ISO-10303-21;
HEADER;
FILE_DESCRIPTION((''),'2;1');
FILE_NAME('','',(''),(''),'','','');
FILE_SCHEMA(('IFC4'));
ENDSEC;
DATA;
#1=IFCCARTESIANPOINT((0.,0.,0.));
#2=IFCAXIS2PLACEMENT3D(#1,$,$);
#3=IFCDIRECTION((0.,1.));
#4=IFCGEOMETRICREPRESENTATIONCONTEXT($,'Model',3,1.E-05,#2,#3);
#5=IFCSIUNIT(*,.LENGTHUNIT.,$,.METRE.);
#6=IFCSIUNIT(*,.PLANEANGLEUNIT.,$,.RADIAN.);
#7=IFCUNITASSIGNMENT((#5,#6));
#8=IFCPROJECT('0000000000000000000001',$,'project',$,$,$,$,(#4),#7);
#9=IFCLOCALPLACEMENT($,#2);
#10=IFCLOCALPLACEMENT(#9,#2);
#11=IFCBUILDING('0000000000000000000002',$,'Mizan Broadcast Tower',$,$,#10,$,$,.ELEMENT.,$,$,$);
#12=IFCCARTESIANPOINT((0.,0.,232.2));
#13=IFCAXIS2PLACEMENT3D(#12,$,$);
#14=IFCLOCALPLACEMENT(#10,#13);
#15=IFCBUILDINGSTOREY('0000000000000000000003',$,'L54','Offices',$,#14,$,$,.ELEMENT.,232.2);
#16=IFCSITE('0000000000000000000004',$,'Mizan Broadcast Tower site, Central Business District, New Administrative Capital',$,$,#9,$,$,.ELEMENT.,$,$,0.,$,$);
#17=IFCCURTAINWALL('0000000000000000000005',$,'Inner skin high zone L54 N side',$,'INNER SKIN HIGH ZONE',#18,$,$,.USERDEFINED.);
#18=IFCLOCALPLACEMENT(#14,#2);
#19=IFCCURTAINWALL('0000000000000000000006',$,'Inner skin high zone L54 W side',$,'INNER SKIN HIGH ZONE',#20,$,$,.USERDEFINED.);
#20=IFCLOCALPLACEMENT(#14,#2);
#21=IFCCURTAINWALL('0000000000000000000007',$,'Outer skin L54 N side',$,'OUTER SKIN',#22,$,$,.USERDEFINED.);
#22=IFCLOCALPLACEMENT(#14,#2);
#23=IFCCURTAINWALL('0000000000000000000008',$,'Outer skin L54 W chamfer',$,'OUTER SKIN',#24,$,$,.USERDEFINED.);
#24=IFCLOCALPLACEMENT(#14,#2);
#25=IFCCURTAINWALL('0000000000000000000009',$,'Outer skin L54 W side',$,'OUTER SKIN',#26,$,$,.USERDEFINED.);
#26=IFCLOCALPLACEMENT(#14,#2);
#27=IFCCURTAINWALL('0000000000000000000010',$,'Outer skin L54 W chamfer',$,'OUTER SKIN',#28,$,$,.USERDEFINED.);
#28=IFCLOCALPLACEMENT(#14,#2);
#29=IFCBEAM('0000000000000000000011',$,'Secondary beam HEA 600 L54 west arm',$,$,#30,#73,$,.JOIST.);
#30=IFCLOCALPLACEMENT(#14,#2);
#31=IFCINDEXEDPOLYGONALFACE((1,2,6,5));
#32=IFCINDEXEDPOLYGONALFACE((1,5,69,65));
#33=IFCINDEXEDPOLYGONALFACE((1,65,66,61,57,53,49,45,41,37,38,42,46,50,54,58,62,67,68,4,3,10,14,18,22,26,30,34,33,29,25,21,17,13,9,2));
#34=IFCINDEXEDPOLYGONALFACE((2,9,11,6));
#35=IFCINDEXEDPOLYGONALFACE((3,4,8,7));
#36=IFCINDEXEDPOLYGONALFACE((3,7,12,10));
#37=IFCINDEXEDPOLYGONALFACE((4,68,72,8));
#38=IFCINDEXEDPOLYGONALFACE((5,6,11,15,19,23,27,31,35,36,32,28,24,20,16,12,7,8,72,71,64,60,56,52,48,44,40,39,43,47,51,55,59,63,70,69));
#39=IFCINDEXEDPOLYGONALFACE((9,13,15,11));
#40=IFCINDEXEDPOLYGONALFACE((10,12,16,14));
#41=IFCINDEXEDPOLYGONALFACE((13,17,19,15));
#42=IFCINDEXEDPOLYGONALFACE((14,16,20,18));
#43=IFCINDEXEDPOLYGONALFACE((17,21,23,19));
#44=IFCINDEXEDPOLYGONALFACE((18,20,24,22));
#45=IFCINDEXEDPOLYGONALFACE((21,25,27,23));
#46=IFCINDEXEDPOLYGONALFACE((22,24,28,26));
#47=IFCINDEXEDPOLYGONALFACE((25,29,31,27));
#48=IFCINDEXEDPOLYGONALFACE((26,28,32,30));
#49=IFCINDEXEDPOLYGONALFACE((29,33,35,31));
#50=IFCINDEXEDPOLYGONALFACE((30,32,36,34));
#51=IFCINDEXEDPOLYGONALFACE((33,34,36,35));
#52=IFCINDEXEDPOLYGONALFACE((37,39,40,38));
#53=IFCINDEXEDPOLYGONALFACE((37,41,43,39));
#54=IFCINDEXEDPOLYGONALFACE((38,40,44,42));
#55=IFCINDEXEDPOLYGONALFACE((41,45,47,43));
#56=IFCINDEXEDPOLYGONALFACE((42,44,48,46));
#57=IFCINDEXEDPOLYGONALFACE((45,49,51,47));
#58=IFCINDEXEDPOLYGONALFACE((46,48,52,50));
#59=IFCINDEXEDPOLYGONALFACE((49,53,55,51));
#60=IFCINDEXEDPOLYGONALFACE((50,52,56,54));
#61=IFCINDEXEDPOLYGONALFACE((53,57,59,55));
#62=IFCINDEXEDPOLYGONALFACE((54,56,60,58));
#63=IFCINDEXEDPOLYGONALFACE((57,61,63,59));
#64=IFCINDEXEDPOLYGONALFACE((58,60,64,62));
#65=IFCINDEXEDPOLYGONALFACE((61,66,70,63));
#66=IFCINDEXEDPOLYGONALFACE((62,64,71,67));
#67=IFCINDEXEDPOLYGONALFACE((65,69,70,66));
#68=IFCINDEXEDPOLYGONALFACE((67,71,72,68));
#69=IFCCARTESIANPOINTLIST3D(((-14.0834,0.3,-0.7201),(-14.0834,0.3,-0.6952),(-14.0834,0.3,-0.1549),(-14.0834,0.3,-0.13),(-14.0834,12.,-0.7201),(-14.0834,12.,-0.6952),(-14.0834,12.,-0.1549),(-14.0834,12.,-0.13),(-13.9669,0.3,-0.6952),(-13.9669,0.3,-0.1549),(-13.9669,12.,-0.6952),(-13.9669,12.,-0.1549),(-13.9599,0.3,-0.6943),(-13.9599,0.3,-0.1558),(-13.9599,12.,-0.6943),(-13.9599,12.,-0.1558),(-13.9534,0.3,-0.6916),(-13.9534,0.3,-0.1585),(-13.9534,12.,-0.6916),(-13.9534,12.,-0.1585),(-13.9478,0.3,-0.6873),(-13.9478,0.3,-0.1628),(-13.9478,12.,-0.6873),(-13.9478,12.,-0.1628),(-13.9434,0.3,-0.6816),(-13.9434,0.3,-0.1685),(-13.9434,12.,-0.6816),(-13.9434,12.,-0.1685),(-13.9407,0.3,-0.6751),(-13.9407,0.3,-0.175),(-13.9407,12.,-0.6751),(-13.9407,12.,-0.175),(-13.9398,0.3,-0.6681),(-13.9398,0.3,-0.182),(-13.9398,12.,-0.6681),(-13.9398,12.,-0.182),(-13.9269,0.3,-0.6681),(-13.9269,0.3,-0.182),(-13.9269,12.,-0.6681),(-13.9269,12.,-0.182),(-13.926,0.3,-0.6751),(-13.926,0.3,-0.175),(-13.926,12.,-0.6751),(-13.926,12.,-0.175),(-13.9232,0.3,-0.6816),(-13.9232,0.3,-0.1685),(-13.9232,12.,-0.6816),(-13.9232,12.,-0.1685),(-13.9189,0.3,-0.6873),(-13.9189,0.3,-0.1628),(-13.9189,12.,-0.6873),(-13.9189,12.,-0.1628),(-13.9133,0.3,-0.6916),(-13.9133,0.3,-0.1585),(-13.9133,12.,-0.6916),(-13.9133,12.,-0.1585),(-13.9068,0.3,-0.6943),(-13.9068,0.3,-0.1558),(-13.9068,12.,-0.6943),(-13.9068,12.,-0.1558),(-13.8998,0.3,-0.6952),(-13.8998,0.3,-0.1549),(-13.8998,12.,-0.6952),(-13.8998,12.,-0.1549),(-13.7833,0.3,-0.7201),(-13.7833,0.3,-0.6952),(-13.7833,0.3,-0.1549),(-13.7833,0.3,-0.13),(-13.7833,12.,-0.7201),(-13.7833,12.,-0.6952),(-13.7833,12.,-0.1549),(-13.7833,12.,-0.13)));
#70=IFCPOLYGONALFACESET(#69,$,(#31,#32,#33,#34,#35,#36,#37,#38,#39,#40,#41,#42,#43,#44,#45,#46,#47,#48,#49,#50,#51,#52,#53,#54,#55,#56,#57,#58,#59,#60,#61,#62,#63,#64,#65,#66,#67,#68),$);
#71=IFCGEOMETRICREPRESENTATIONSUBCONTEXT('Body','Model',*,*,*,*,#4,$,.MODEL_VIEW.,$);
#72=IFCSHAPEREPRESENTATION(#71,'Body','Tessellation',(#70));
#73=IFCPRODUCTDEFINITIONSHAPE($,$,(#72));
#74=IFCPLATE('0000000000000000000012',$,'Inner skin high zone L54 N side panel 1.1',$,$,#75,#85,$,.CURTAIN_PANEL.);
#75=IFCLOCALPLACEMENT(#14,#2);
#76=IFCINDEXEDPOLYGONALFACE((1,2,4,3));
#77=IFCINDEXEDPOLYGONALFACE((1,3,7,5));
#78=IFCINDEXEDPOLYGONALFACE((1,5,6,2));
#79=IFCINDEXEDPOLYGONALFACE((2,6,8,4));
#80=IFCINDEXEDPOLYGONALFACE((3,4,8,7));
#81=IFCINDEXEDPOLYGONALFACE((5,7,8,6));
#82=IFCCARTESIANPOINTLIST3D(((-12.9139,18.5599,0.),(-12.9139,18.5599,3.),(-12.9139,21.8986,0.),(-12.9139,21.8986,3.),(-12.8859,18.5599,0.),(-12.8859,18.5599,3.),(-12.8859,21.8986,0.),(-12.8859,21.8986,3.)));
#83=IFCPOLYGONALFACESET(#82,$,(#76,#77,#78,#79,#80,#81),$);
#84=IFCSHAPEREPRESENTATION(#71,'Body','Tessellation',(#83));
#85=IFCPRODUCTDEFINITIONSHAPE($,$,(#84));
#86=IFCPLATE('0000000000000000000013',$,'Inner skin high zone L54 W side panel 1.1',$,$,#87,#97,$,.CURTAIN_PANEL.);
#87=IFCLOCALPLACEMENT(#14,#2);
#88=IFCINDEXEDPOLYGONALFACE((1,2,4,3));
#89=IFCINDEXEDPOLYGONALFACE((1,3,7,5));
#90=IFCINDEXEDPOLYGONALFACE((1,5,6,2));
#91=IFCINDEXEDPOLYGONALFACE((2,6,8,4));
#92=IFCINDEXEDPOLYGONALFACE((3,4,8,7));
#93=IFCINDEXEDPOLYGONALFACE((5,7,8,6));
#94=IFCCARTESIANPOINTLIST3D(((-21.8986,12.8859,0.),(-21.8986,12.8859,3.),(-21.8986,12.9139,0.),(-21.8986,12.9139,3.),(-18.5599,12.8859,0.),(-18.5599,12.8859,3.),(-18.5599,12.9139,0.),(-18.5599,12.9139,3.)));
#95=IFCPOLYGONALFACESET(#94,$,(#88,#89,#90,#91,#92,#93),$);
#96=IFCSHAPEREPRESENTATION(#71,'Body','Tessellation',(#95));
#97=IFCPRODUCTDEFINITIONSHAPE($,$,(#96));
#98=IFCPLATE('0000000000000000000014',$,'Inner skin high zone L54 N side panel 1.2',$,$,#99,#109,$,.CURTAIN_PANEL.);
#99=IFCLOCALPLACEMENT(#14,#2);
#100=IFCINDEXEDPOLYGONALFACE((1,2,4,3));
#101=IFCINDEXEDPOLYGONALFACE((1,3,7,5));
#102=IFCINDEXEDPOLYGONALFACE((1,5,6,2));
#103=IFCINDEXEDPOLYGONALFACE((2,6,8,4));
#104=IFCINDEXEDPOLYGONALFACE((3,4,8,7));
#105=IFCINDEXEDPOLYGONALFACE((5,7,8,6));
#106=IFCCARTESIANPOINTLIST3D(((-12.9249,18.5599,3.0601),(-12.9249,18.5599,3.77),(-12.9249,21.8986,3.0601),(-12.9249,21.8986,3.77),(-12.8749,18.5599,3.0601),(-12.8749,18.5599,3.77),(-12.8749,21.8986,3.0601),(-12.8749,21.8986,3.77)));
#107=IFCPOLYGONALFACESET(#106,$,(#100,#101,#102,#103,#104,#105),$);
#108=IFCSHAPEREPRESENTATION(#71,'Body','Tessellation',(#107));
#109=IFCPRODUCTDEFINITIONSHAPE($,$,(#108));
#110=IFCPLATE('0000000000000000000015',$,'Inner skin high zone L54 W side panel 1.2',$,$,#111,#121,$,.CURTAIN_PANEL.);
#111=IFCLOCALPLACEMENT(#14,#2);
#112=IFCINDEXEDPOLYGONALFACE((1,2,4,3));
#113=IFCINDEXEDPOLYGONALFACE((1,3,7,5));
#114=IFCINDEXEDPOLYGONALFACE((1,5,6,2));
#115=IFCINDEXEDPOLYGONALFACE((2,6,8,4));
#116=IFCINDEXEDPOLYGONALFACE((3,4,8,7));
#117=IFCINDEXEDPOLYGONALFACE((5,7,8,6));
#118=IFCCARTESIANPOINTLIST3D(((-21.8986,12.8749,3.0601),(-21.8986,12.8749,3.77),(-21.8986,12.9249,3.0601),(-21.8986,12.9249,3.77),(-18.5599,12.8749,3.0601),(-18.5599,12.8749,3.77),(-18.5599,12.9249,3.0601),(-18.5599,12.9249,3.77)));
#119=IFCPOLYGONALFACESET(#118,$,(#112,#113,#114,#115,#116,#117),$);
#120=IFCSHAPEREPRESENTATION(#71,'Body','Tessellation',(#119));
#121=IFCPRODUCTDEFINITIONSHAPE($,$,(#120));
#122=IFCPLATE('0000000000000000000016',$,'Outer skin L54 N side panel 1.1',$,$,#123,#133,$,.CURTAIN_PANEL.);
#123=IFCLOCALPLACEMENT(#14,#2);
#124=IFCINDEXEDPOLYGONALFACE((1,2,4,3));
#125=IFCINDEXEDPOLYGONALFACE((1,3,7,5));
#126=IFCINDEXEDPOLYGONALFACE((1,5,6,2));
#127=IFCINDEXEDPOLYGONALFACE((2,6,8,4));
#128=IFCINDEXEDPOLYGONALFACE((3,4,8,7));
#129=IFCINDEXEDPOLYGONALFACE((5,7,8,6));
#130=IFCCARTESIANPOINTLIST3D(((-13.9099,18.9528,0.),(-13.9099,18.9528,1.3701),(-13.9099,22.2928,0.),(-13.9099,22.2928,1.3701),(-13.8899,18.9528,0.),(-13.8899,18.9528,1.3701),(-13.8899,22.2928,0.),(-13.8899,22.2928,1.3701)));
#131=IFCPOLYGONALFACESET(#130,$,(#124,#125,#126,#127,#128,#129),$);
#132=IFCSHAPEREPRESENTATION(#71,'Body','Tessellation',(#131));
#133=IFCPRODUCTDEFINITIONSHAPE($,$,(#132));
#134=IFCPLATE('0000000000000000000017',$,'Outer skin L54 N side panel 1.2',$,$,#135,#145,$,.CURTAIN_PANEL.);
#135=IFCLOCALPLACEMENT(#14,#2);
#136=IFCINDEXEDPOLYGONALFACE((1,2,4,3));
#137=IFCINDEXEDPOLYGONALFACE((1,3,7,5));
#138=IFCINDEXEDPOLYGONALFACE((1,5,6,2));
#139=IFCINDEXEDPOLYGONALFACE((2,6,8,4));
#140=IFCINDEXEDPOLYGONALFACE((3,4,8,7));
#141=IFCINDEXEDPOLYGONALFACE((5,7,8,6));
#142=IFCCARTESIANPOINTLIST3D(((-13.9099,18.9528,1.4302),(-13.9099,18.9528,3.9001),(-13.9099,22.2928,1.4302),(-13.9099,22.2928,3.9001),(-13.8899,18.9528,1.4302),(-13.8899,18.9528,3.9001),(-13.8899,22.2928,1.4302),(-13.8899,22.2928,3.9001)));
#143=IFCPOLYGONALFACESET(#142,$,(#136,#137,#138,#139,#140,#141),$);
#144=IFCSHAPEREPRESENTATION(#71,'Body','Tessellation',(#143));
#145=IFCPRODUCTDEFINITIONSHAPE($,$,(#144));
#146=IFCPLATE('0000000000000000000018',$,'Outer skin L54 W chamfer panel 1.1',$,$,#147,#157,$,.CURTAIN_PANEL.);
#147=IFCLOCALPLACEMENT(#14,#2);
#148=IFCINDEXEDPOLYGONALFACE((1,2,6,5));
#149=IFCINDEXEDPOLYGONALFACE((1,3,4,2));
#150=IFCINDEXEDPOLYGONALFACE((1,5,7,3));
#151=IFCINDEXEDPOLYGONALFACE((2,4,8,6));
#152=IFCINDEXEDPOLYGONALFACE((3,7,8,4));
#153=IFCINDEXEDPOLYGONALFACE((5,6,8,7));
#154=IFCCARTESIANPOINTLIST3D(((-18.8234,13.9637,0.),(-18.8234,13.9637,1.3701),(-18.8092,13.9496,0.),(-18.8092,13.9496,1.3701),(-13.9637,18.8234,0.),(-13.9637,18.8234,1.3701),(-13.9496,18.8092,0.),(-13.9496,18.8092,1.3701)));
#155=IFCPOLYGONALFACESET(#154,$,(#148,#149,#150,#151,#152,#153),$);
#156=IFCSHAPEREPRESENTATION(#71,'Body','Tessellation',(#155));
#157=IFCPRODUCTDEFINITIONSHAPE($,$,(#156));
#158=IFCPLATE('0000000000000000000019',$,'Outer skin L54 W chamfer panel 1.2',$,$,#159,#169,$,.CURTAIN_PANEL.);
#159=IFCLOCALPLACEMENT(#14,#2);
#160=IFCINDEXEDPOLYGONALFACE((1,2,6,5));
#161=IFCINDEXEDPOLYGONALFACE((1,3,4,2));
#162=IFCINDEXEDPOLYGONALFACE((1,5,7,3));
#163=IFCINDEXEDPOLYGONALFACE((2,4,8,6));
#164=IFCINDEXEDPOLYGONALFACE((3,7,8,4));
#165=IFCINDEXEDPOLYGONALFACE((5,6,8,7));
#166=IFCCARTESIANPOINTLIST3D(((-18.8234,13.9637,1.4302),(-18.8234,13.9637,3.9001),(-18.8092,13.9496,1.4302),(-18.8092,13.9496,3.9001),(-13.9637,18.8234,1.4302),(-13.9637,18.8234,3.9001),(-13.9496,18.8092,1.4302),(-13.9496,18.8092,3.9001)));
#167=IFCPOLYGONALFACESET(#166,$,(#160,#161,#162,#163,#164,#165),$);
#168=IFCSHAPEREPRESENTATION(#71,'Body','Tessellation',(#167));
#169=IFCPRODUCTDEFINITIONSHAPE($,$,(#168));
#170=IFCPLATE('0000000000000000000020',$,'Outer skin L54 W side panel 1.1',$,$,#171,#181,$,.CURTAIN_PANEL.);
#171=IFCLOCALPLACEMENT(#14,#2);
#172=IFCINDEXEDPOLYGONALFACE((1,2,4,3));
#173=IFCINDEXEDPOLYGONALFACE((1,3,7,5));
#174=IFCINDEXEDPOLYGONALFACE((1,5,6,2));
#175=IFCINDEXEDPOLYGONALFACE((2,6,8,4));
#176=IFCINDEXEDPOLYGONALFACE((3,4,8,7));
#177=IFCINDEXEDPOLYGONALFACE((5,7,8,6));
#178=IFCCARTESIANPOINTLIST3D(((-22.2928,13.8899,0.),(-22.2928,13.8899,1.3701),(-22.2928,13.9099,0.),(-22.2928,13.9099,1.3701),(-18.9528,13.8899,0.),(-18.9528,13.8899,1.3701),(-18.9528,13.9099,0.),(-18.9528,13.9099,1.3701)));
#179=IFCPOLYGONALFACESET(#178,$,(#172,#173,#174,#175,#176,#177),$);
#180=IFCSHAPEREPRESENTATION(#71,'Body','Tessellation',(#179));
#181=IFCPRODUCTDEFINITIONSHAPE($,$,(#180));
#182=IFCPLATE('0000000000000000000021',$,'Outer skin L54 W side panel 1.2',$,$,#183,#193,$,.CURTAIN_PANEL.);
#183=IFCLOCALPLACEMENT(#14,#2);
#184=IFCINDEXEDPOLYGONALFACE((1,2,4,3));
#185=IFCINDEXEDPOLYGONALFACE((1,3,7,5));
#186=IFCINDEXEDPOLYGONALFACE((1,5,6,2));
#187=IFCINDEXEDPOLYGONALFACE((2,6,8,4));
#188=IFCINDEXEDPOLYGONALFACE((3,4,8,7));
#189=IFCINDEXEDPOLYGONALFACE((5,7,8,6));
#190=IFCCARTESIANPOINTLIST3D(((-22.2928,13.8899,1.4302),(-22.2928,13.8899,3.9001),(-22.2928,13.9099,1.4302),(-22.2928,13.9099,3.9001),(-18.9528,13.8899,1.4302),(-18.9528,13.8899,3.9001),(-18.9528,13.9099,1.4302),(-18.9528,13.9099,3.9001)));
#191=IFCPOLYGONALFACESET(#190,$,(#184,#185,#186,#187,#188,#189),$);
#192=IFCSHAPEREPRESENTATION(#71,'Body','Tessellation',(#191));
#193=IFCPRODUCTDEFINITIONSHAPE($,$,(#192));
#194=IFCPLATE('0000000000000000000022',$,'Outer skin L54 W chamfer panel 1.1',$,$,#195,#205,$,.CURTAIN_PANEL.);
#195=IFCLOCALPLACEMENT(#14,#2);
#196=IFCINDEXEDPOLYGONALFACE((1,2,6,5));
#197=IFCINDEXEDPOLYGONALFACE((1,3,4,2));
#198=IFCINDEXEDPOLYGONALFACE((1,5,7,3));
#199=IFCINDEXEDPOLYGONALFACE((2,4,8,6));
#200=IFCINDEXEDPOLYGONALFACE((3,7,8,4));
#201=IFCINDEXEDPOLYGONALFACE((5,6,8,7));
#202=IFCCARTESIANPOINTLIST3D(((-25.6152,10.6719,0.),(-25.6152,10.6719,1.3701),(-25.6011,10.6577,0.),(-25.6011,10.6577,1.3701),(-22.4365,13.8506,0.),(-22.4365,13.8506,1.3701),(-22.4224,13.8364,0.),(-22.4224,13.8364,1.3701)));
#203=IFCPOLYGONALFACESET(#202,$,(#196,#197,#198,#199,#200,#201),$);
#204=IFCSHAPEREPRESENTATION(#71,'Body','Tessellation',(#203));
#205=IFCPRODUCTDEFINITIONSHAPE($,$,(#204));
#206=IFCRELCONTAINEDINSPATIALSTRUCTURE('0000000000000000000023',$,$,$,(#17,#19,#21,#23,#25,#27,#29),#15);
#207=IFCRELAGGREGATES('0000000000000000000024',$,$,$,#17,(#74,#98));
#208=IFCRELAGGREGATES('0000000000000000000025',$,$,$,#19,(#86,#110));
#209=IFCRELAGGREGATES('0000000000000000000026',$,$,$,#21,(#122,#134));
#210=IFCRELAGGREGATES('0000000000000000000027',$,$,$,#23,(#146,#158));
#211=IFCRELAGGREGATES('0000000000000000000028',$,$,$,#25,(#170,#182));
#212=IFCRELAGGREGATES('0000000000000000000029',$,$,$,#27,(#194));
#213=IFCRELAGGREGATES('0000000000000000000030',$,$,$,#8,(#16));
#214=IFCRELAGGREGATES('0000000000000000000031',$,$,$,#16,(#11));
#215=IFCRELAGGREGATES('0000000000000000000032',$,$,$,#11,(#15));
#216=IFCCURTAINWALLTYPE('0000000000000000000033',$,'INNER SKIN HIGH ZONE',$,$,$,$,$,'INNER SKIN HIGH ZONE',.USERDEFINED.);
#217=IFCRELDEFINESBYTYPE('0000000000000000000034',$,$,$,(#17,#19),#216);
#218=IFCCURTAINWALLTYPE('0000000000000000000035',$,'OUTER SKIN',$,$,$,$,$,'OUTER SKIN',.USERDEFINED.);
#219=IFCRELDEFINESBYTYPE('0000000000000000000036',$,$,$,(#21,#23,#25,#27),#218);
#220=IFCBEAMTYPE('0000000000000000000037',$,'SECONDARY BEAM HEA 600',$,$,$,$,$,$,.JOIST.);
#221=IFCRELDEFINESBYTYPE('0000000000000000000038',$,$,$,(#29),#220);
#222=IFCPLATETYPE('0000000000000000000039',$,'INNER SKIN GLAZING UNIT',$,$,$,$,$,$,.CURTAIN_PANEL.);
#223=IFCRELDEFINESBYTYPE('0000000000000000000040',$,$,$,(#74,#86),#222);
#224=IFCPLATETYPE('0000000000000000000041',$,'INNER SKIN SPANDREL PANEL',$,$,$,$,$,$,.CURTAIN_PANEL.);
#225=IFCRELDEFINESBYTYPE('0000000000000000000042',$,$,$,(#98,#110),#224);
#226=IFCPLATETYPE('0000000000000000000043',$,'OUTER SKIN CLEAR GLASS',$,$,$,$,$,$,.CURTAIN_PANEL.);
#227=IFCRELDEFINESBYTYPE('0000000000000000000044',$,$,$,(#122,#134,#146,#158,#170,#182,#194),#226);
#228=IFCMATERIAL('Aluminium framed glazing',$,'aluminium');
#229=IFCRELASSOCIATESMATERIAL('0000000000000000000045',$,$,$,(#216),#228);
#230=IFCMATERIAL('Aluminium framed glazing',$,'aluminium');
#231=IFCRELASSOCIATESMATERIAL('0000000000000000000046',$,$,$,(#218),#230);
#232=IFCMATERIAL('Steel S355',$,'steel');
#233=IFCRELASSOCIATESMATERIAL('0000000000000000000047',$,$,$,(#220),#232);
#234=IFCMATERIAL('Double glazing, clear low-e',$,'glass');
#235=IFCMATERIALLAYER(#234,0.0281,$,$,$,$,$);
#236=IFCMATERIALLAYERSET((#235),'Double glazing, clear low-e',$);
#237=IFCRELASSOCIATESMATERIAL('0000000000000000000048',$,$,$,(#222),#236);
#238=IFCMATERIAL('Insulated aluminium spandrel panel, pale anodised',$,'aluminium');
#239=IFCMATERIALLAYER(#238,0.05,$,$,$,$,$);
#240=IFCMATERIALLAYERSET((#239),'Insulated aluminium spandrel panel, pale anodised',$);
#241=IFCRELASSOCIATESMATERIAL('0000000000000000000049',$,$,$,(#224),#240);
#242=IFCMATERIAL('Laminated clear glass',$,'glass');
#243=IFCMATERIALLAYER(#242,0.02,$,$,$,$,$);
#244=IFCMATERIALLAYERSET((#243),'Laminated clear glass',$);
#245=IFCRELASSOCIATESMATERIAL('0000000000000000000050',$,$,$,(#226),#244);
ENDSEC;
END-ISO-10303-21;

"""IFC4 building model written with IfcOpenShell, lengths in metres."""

from ifc_helpers import new_model, si_unit, direction, frame, origin, origin_2d, place, context, subcontext, project, spatial, rectangle, i_section, extrude, material, layer, layer_set, material_profile, profile_set, type_object, element, aggregate, save


model = new_model("IFC4")

# Units and contexts
model_context = context("Model", 3, precision=1e-05, world=origin(), true_north=direction((0.0, 1.0)))
body_context = subcontext(model_context, "Body", "Model", "MODEL_VIEW")
ifc_project = project(units=[si_unit("LENGTHUNIT", "METRE"), si_unit("PLANEANGLEUNIT", "RADIAN")], contexts=[model_context])

# Site, building, storey
site_placement = place(None, origin())
site = spatial("IfcSite", under=ifc_project, at=site_placement, Name="Mizan Broadcast Tower site, Central Business District, New Administrative Capital", CompositionType="ELEMENT", RefElevation=0.0)
building_placement = place(site_placement, origin())
building = spatial("IfcBuilding", under=site, at=building_placement, Name="Mizan Broadcast Tower", CompositionType="ELEMENT")
storey_placement = place(building_placement, frame((0.0, 0.0, 232.2)))
storey = spatial("IfcBuildingStorey", under=building, at=storey_placement, Name="L54", Description="Offices", CompositionType="ELEMENT", Elevation=232.2)

# Curtain wall
ifc_material_1 = material(Name="Aluminium framed glazing", Category="aluminium")
curtain_wall_type_1 = type_object("IfcCurtainWallType", Name="INNER SKIN HIGH ZONE", ElementType="INNER SKIN HIGH ZONE", PredefinedType="USERDEFINED", material=ifc_material_1)
curtain_wall_1_placement = place(storey_placement, origin())
curtain_wall_1 = element("IfcCurtainWall", 1, at=curtain_wall_1_placement, inside=storey, type_object=curtain_wall_type_1, Name="Inner skin high zone L54 N side", ObjectType="INNER SKIN HIGH ZONE", PredefinedType="USERDEFINED")

# Curtain wall
curtain_wall_2_placement = place(storey_placement, origin())
curtain_wall_2 = element("IfcCurtainWall", 2, at=curtain_wall_2_placement, inside=storey, type_object=curtain_wall_type_1, Name="Inner skin high zone L54 W side", ObjectType="INNER SKIN HIGH ZONE", PredefinedType="USERDEFINED")

# Curtain walls
ifc_material_2 = material(Name="Aluminium framed glazing", Category="aluminium")
curtain_wall_type_2 = type_object("IfcCurtainWallType", Name="OUTER SKIN", ElementType="OUTER SKIN", PredefinedType="USERDEFINED", material=ifc_material_2)
curtain_wall_3_placement = place(storey_placement, origin())
curtain_wall_3 = element("IfcCurtainWall", 3, at=curtain_wall_3_placement, inside=storey, type_object=curtain_wall_type_2, Name="Outer skin L54 N side", ObjectType="OUTER SKIN", PredefinedType="USERDEFINED")
curtain_wall_4_placement = place(storey_placement, origin())
curtain_wall_4 = element("IfcCurtainWall", 4, at=curtain_wall_4_placement, inside=storey, type_object=curtain_wall_type_2, Name="Outer skin L54 W chamfer", ObjectType="OUTER SKIN", PredefinedType="USERDEFINED")
curtain_wall_5_placement = place(storey_placement, origin())
curtain_wall_5 = element("IfcCurtainWall", 5, at=curtain_wall_5_placement, inside=storey, type_object=curtain_wall_type_2, Name="Outer skin L54 W side", ObjectType="OUTER SKIN", PredefinedType="USERDEFINED")

# Curtain wall
curtain_wall_6_placement = place(storey_placement, origin())
curtain_wall_6 = element("IfcCurtainWall", 6, at=curtain_wall_6_placement, inside=storey, type_object=curtain_wall_type_2, Name="Outer skin L54 W chamfer", ObjectType="OUTER SKIN", PredefinedType="USERDEFINED")

# Beam
ifc_material_3 = material(Name="Steel S355", Category="steel")
ifc_material_profile_1 = material_profile(ifc_material_3, i_section(OverallWidth=0.3, OverallDepth=0.5901, WebThickness=0.0129, FlangeThickness=0.0249, FilletRadius=0.0271, at=origin_2d()), Name="HEA 600")
ifc_profile_set_1 = profile_set([ifc_material_profile_1], Name="Steel S355")
beam_type = type_object("IfcBeamType", Name="SECONDARY BEAM HEA 600", PredefinedType="JOIST", material=ifc_profile_set_1)
beam_placement = place(storey_placement, frame((-13.9333, 12.0, -0.425), z_axis=(0.0, -1.0, 0.0), x_axis=(1.0, 0.0, 0.0)))
element("IfcBeam", 7, at=beam_placement, inside=storey, type_object=beam_type, Name="Secondary beam HEA 600 L54 west arm", PredefinedType="JOIST", context=body_context, shape_type="SweptSolid", body=[
    extrude(i_section(OverallWidth=0.3, OverallDepth=0.5901, WebThickness=0.0129, FlangeThickness=0.0249, FilletRadius=0.0271, at=origin_2d()), origin(), (0.0, 0.0, 1.0), 11.7),
])

# Plates
ifc_material_4 = material(Name="Double glazing, clear low-e", Category="glass")
ifc_layer_1 = layer(ifc_material_4, 0.0281)
ifc_layer_set_1 = layer_set([ifc_layer_1], Name="Double glazing, clear low-e")
plate_type_1 = type_object("IfcPlateType", Name="INNER SKIN GLAZING UNIT", PredefinedType="CURTAIN_PANEL", material=ifc_layer_set_1)
plate_1_placement = place(storey_placement, frame((-12.8999, 20.2292, 0.0), z_axis=(0.0, 0.0, 1.0), x_axis=(0.0, -1.0, 0.0)))
plate_1 = element("IfcPlate", 8, at=plate_1_placement, type_object=plate_type_1, Name="Inner skin high zone L54 N side panel 1.1", PredefinedType="CURTAIN_PANEL", context=body_context, shape_type="SweptSolid", body=[
    extrude(rectangle(XDim=3.3386, YDim=0.0281, at=origin_2d()), origin(), (0.0, 0.0, 1.0), 3.0),
])
plate_2_placement = place(storey_placement, frame((-20.2292, 12.8999, 0.0), z_axis=(0.0, 0.0, 1.0), x_axis=(-1.0, 0.0, 0.0)))
plate_2 = element("IfcPlate", 9, at=plate_2_placement, type_object=plate_type_1, Name="Inner skin high zone L54 W side panel 1.1", PredefinedType="CURTAIN_PANEL", context=body_context, shape_type="SweptSolid", body=[
    extrude(rectangle(XDim=3.3386, YDim=0.0281, at=origin_2d()), origin(), (0.0, 0.0, 1.0), 3.0),
])
ifc_material_5 = material(Name="Insulated aluminium spandrel panel, pale anodised", Category="aluminium")
ifc_layer_2 = layer(ifc_material_5, 0.05)
ifc_layer_set_2 = layer_set([ifc_layer_2], Name="Insulated aluminium spandrel panel, pale anodised")
plate_type_2 = type_object("IfcPlateType", Name="INNER SKIN SPANDREL PANEL", PredefinedType="CURTAIN_PANEL", material=ifc_layer_set_2)
plate_3_placement = place(storey_placement, frame((-12.8999, 20.2292, 3.0601), z_axis=(0.0, 0.0, 1.0), x_axis=(0.0, -1.0, 0.0)))
plate_3 = element("IfcPlate", 10, at=plate_3_placement, type_object=plate_type_2, Name="Inner skin high zone L54 N side panel 1.2", PredefinedType="CURTAIN_PANEL", context=body_context, shape_type="SweptSolid", body=[
    extrude(rectangle(XDim=3.3386, YDim=0.05, at=origin_2d()), origin(), (0.0, 0.0, 1.0), 0.71),
])
aggregate(curtain_wall_1, [plate_1, plate_3])
plate_4_placement = place(storey_placement, frame((-20.2292, 12.8999, 3.0601), z_axis=(0.0, 0.0, 1.0), x_axis=(-1.0, 0.0, 0.0)))
plate_4 = element("IfcPlate", 11, at=plate_4_placement, type_object=plate_type_2, Name="Inner skin high zone L54 W side panel 1.2", PredefinedType="CURTAIN_PANEL", context=body_context, shape_type="SweptSolid", body=[
    extrude(rectangle(XDim=3.3386, YDim=0.05, at=origin_2d()), origin(), (0.0, 0.0, 1.0), 0.71),
])
aggregate(curtain_wall_2, [plate_2, plate_4])
ifc_material_6 = material(Name="Laminated clear glass", Category="glass")
ifc_layer_3 = layer(ifc_material_6, 0.02)
ifc_layer_set_3 = layer_set([ifc_layer_3], Name="Laminated clear glass")
plate_type_3 = type_object("IfcPlateType", Name="OUTER SKIN CLEAR GLASS", PredefinedType="CURTAIN_PANEL", material=ifc_layer_set_3)
plate_5_placement = place(storey_placement, frame((-13.8999, 20.6228, 0.0), z_axis=(0.0, 0.0, 1.0), x_axis=(0.0, -1.0, 0.0)))
plate_5 = element("IfcPlate", 12, at=plate_5_placement, type_object=plate_type_3, Name="Outer skin L54 N side panel 1.1", PredefinedType="CURTAIN_PANEL", context=body_context, shape_type="SweptSolid", body=[
    extrude(rectangle(XDim=3.3401, YDim=0.02, at=origin_2d()), origin(), (0.0, 0.0, 1.0), 1.3701),
])
plate_6_placement = place(storey_placement, frame((-13.8999, 20.6228, 1.4302), z_axis=(0.0, 0.0, 1.0), x_axis=(0.0, -1.0, 0.0)))
plate_6 = element("IfcPlate", 13, at=plate_6_placement, type_object=plate_type_3, Name="Outer skin L54 N side panel 1.2", PredefinedType="CURTAIN_PANEL", context=body_context, shape_type="SweptSolid", body=[
    extrude(rectangle(XDim=3.3401, YDim=0.02, at=origin_2d()), origin(), (0.0, 0.0, 1.0), 2.47),
])
aggregate(curtain_wall_3, [plate_5, plate_6])
plate_7_placement = place(storey_placement, frame((-16.3865, 16.3865, 0.0), z_axis=(0.0, 0.0, 1.0), x_axis=(-0.707107, -0.707107, 0.0)))
plate_7 = element("IfcPlate", 14, at=plate_7_placement, type_object=plate_type_3, Name="Outer skin L54 W chamfer panel 1.1", PredefinedType="CURTAIN_PANEL", context=body_context, shape_type="SweptSolid", body=[
    extrude(rectangle(XDim=6.8726, YDim=0.02, at=origin_2d()), origin(), (0.0, 0.0, 1.0), 1.3701),
])
plate_8_placement = place(storey_placement, frame((-16.3865, 16.3865, 1.4302), z_axis=(0.0, 0.0, 1.0), x_axis=(-0.707107, -0.707107, 0.0)))
plate_8 = element("IfcPlate", 15, at=plate_8_placement, type_object=plate_type_3, Name="Outer skin L54 W chamfer panel 1.2", PredefinedType="CURTAIN_PANEL", context=body_context, shape_type="SweptSolid", body=[
    extrude(rectangle(XDim=6.8726, YDim=0.02, at=origin_2d()), origin(), (0.0, 0.0, 1.0), 2.47),
])
aggregate(curtain_wall_4, [plate_7, plate_8])
plate_9_placement = place(storey_placement, frame((-20.6228, 13.8999, 0.0), z_axis=(0.0, 0.0, 1.0), x_axis=(-1.0, 0.0, 0.0)))
plate_9 = element("IfcPlate", 16, at=plate_9_placement, type_object=plate_type_3, Name="Outer skin L54 W side panel 1.1", PredefinedType="CURTAIN_PANEL", context=body_context, shape_type="SweptSolid", body=[
    extrude(rectangle(XDim=3.3401, YDim=0.02, at=origin_2d()), origin(), (0.0, 0.0, 1.0), 1.3701),
])
plate_10_placement = place(storey_placement, frame((-20.6228, 13.8999, 1.4302), z_axis=(0.0, 0.0, 1.0), x_axis=(-1.0, 0.0, 0.0)))
plate_10 = element("IfcPlate", 17, at=plate_10_placement, type_object=plate_type_3, Name="Outer skin L54 W side panel 1.2", PredefinedType="CURTAIN_PANEL", context=body_context, shape_type="SweptSolid", body=[
    extrude(rectangle(XDim=3.3401, YDim=0.02, at=origin_2d()), origin(), (0.0, 0.0, 1.0), 2.47),
])
aggregate(curtain_wall_5, [plate_9, plate_10])
plate_11_placement = place(storey_placement, frame((-24.0188, 12.2542, 0.0), z_axis=(0.0, 0.0, 1.0), x_axis=(-0.707107, -0.707107, 0.0)))
plate_11 = element("IfcPlate", 18, at=plate_11_placement, type_object=plate_type_3, Name="Outer skin L54 W chamfer panel 1.1", PredefinedType="CURTAIN_PANEL", context=body_context, shape_type="SweptSolid", body=[
    extrude(rectangle(XDim=4.4954, YDim=0.02, at=origin_2d()), origin(), (0.0, 0.0, 1.0), 1.3701),
])
aggregate(curtain_wall_6, [plate_11])

save(model, "model.ifc")
